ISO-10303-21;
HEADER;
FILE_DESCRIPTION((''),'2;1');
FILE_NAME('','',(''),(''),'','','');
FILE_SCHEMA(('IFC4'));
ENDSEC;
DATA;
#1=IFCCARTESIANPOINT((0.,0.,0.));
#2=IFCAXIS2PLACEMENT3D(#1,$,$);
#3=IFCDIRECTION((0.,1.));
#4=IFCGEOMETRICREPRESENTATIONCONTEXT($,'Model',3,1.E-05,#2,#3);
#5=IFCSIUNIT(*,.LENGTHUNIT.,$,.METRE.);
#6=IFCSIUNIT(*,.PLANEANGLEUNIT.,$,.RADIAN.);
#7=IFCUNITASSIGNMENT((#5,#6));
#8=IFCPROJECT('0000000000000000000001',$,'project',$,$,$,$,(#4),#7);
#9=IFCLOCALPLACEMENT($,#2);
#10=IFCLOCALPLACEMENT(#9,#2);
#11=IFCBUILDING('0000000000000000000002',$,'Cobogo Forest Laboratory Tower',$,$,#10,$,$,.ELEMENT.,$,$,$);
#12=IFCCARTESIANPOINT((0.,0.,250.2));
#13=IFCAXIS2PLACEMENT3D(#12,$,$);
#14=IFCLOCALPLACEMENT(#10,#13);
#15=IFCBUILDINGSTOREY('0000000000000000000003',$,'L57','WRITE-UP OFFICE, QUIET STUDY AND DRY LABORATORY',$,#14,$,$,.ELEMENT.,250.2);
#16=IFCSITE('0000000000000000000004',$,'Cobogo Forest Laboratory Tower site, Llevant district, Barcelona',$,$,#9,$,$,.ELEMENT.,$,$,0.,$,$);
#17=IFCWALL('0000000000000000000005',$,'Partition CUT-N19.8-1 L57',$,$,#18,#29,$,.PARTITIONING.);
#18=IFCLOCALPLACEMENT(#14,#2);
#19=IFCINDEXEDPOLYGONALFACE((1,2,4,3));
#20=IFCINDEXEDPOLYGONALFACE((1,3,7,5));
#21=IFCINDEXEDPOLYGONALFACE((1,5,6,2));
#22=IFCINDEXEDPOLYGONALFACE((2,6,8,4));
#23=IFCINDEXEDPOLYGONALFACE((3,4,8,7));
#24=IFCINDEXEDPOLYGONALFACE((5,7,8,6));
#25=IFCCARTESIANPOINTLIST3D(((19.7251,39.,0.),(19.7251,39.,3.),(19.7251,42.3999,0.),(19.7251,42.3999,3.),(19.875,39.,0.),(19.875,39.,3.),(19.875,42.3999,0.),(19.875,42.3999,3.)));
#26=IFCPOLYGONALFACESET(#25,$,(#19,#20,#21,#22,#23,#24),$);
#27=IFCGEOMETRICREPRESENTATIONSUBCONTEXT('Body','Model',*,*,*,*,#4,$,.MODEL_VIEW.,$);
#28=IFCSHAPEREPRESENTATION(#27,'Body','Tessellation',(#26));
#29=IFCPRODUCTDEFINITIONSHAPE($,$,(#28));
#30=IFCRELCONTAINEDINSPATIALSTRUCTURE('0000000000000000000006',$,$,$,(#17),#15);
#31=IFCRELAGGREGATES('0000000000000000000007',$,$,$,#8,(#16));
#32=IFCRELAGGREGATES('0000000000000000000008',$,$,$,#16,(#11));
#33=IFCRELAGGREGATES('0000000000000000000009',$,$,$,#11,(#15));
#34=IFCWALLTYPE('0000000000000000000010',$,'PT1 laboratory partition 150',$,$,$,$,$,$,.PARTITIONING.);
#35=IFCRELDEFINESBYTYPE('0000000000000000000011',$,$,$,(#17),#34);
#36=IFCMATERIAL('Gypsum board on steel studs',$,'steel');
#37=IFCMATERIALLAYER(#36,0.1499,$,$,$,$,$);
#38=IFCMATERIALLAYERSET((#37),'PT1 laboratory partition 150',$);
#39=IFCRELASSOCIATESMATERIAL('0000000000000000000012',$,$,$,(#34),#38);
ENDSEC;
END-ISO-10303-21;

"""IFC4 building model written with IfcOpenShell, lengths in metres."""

from ifc_helpers import new_model, si_unit, direction, frame, frame_2d, origin, place, context, subcontext, project, spatial, rectangle, extrude, material, layer, layer_set, type_object, element, save


model = new_model("IFC4")

# Units and contexts
model_context = context("Model", 3, precision=1e-05, world=origin(), true_north=direction((0.0, 1.0)))
body_context = subcontext(model_context, "Body", "Model", "MODEL_VIEW")
ifc_project = project(units=[si_unit("LENGTHUNIT", "METRE"), si_unit("PLANEANGLEUNIT", "RADIAN")], contexts=[model_context])

# Site, building, storey
site_placement = place(None, origin())
site = spatial("IfcSite", under=ifc_project, at=site_placement, Name="Cobogo Forest Laboratory Tower site, Llevant district, Barcelona", CompositionType="ELEMENT", RefElevation=0.0)
building_placement = place(site_placement, origin())
building = spatial("IfcBuilding", under=site, at=building_placement, Name="Cobogo Forest Laboratory Tower", CompositionType="ELEMENT")
storey_placement = place(building_placement, frame((0.0, 0.0, 250.2)))
storey = spatial("IfcBuildingStorey", under=building, at=storey_placement, Name="L57", Description="WRITE-UP OFFICE, QUIET STUDY AND DRY LABORATORY", CompositionType="ELEMENT", Elevation=250.2)

# Shared definitions
ifc_material_1 = material(Name="Gypsum board on steel studs", Category="steel")
ifc_layer_1 = layer(ifc_material_1, 0.1499)
ifc_layer_set_1 = layer_set([ifc_layer_1], Name="PT1 laboratory partition 150")
wall_type = type_object("IfcWallType", Name="PT1 laboratory partition 150", PredefinedType="PARTITIONING", material=ifc_layer_set_1)

# Wall
wall_1_placement = place(storey_placement, frame((19.8, 42.3999, 0.0), z_axis=(0.0, 0.0, 1.0), x_axis=(0.0, -1.0, 0.0)))
element("IfcWall", 1, at=wall_1_placement, inside=storey, type_object=wall_type, Name="Partition CUT-N19.8-1 L57", PredefinedType="PARTITIONING", context=body_context, shape_type="SweptSolid", body=[
    extrude(rectangle(XDim=3.3999, YDim=0.1499, at=frame_2d((1.7, 0.0))), origin(), (0.0, 0.0, 1.0), 3.0),
])

save(model, "model.ifc")
